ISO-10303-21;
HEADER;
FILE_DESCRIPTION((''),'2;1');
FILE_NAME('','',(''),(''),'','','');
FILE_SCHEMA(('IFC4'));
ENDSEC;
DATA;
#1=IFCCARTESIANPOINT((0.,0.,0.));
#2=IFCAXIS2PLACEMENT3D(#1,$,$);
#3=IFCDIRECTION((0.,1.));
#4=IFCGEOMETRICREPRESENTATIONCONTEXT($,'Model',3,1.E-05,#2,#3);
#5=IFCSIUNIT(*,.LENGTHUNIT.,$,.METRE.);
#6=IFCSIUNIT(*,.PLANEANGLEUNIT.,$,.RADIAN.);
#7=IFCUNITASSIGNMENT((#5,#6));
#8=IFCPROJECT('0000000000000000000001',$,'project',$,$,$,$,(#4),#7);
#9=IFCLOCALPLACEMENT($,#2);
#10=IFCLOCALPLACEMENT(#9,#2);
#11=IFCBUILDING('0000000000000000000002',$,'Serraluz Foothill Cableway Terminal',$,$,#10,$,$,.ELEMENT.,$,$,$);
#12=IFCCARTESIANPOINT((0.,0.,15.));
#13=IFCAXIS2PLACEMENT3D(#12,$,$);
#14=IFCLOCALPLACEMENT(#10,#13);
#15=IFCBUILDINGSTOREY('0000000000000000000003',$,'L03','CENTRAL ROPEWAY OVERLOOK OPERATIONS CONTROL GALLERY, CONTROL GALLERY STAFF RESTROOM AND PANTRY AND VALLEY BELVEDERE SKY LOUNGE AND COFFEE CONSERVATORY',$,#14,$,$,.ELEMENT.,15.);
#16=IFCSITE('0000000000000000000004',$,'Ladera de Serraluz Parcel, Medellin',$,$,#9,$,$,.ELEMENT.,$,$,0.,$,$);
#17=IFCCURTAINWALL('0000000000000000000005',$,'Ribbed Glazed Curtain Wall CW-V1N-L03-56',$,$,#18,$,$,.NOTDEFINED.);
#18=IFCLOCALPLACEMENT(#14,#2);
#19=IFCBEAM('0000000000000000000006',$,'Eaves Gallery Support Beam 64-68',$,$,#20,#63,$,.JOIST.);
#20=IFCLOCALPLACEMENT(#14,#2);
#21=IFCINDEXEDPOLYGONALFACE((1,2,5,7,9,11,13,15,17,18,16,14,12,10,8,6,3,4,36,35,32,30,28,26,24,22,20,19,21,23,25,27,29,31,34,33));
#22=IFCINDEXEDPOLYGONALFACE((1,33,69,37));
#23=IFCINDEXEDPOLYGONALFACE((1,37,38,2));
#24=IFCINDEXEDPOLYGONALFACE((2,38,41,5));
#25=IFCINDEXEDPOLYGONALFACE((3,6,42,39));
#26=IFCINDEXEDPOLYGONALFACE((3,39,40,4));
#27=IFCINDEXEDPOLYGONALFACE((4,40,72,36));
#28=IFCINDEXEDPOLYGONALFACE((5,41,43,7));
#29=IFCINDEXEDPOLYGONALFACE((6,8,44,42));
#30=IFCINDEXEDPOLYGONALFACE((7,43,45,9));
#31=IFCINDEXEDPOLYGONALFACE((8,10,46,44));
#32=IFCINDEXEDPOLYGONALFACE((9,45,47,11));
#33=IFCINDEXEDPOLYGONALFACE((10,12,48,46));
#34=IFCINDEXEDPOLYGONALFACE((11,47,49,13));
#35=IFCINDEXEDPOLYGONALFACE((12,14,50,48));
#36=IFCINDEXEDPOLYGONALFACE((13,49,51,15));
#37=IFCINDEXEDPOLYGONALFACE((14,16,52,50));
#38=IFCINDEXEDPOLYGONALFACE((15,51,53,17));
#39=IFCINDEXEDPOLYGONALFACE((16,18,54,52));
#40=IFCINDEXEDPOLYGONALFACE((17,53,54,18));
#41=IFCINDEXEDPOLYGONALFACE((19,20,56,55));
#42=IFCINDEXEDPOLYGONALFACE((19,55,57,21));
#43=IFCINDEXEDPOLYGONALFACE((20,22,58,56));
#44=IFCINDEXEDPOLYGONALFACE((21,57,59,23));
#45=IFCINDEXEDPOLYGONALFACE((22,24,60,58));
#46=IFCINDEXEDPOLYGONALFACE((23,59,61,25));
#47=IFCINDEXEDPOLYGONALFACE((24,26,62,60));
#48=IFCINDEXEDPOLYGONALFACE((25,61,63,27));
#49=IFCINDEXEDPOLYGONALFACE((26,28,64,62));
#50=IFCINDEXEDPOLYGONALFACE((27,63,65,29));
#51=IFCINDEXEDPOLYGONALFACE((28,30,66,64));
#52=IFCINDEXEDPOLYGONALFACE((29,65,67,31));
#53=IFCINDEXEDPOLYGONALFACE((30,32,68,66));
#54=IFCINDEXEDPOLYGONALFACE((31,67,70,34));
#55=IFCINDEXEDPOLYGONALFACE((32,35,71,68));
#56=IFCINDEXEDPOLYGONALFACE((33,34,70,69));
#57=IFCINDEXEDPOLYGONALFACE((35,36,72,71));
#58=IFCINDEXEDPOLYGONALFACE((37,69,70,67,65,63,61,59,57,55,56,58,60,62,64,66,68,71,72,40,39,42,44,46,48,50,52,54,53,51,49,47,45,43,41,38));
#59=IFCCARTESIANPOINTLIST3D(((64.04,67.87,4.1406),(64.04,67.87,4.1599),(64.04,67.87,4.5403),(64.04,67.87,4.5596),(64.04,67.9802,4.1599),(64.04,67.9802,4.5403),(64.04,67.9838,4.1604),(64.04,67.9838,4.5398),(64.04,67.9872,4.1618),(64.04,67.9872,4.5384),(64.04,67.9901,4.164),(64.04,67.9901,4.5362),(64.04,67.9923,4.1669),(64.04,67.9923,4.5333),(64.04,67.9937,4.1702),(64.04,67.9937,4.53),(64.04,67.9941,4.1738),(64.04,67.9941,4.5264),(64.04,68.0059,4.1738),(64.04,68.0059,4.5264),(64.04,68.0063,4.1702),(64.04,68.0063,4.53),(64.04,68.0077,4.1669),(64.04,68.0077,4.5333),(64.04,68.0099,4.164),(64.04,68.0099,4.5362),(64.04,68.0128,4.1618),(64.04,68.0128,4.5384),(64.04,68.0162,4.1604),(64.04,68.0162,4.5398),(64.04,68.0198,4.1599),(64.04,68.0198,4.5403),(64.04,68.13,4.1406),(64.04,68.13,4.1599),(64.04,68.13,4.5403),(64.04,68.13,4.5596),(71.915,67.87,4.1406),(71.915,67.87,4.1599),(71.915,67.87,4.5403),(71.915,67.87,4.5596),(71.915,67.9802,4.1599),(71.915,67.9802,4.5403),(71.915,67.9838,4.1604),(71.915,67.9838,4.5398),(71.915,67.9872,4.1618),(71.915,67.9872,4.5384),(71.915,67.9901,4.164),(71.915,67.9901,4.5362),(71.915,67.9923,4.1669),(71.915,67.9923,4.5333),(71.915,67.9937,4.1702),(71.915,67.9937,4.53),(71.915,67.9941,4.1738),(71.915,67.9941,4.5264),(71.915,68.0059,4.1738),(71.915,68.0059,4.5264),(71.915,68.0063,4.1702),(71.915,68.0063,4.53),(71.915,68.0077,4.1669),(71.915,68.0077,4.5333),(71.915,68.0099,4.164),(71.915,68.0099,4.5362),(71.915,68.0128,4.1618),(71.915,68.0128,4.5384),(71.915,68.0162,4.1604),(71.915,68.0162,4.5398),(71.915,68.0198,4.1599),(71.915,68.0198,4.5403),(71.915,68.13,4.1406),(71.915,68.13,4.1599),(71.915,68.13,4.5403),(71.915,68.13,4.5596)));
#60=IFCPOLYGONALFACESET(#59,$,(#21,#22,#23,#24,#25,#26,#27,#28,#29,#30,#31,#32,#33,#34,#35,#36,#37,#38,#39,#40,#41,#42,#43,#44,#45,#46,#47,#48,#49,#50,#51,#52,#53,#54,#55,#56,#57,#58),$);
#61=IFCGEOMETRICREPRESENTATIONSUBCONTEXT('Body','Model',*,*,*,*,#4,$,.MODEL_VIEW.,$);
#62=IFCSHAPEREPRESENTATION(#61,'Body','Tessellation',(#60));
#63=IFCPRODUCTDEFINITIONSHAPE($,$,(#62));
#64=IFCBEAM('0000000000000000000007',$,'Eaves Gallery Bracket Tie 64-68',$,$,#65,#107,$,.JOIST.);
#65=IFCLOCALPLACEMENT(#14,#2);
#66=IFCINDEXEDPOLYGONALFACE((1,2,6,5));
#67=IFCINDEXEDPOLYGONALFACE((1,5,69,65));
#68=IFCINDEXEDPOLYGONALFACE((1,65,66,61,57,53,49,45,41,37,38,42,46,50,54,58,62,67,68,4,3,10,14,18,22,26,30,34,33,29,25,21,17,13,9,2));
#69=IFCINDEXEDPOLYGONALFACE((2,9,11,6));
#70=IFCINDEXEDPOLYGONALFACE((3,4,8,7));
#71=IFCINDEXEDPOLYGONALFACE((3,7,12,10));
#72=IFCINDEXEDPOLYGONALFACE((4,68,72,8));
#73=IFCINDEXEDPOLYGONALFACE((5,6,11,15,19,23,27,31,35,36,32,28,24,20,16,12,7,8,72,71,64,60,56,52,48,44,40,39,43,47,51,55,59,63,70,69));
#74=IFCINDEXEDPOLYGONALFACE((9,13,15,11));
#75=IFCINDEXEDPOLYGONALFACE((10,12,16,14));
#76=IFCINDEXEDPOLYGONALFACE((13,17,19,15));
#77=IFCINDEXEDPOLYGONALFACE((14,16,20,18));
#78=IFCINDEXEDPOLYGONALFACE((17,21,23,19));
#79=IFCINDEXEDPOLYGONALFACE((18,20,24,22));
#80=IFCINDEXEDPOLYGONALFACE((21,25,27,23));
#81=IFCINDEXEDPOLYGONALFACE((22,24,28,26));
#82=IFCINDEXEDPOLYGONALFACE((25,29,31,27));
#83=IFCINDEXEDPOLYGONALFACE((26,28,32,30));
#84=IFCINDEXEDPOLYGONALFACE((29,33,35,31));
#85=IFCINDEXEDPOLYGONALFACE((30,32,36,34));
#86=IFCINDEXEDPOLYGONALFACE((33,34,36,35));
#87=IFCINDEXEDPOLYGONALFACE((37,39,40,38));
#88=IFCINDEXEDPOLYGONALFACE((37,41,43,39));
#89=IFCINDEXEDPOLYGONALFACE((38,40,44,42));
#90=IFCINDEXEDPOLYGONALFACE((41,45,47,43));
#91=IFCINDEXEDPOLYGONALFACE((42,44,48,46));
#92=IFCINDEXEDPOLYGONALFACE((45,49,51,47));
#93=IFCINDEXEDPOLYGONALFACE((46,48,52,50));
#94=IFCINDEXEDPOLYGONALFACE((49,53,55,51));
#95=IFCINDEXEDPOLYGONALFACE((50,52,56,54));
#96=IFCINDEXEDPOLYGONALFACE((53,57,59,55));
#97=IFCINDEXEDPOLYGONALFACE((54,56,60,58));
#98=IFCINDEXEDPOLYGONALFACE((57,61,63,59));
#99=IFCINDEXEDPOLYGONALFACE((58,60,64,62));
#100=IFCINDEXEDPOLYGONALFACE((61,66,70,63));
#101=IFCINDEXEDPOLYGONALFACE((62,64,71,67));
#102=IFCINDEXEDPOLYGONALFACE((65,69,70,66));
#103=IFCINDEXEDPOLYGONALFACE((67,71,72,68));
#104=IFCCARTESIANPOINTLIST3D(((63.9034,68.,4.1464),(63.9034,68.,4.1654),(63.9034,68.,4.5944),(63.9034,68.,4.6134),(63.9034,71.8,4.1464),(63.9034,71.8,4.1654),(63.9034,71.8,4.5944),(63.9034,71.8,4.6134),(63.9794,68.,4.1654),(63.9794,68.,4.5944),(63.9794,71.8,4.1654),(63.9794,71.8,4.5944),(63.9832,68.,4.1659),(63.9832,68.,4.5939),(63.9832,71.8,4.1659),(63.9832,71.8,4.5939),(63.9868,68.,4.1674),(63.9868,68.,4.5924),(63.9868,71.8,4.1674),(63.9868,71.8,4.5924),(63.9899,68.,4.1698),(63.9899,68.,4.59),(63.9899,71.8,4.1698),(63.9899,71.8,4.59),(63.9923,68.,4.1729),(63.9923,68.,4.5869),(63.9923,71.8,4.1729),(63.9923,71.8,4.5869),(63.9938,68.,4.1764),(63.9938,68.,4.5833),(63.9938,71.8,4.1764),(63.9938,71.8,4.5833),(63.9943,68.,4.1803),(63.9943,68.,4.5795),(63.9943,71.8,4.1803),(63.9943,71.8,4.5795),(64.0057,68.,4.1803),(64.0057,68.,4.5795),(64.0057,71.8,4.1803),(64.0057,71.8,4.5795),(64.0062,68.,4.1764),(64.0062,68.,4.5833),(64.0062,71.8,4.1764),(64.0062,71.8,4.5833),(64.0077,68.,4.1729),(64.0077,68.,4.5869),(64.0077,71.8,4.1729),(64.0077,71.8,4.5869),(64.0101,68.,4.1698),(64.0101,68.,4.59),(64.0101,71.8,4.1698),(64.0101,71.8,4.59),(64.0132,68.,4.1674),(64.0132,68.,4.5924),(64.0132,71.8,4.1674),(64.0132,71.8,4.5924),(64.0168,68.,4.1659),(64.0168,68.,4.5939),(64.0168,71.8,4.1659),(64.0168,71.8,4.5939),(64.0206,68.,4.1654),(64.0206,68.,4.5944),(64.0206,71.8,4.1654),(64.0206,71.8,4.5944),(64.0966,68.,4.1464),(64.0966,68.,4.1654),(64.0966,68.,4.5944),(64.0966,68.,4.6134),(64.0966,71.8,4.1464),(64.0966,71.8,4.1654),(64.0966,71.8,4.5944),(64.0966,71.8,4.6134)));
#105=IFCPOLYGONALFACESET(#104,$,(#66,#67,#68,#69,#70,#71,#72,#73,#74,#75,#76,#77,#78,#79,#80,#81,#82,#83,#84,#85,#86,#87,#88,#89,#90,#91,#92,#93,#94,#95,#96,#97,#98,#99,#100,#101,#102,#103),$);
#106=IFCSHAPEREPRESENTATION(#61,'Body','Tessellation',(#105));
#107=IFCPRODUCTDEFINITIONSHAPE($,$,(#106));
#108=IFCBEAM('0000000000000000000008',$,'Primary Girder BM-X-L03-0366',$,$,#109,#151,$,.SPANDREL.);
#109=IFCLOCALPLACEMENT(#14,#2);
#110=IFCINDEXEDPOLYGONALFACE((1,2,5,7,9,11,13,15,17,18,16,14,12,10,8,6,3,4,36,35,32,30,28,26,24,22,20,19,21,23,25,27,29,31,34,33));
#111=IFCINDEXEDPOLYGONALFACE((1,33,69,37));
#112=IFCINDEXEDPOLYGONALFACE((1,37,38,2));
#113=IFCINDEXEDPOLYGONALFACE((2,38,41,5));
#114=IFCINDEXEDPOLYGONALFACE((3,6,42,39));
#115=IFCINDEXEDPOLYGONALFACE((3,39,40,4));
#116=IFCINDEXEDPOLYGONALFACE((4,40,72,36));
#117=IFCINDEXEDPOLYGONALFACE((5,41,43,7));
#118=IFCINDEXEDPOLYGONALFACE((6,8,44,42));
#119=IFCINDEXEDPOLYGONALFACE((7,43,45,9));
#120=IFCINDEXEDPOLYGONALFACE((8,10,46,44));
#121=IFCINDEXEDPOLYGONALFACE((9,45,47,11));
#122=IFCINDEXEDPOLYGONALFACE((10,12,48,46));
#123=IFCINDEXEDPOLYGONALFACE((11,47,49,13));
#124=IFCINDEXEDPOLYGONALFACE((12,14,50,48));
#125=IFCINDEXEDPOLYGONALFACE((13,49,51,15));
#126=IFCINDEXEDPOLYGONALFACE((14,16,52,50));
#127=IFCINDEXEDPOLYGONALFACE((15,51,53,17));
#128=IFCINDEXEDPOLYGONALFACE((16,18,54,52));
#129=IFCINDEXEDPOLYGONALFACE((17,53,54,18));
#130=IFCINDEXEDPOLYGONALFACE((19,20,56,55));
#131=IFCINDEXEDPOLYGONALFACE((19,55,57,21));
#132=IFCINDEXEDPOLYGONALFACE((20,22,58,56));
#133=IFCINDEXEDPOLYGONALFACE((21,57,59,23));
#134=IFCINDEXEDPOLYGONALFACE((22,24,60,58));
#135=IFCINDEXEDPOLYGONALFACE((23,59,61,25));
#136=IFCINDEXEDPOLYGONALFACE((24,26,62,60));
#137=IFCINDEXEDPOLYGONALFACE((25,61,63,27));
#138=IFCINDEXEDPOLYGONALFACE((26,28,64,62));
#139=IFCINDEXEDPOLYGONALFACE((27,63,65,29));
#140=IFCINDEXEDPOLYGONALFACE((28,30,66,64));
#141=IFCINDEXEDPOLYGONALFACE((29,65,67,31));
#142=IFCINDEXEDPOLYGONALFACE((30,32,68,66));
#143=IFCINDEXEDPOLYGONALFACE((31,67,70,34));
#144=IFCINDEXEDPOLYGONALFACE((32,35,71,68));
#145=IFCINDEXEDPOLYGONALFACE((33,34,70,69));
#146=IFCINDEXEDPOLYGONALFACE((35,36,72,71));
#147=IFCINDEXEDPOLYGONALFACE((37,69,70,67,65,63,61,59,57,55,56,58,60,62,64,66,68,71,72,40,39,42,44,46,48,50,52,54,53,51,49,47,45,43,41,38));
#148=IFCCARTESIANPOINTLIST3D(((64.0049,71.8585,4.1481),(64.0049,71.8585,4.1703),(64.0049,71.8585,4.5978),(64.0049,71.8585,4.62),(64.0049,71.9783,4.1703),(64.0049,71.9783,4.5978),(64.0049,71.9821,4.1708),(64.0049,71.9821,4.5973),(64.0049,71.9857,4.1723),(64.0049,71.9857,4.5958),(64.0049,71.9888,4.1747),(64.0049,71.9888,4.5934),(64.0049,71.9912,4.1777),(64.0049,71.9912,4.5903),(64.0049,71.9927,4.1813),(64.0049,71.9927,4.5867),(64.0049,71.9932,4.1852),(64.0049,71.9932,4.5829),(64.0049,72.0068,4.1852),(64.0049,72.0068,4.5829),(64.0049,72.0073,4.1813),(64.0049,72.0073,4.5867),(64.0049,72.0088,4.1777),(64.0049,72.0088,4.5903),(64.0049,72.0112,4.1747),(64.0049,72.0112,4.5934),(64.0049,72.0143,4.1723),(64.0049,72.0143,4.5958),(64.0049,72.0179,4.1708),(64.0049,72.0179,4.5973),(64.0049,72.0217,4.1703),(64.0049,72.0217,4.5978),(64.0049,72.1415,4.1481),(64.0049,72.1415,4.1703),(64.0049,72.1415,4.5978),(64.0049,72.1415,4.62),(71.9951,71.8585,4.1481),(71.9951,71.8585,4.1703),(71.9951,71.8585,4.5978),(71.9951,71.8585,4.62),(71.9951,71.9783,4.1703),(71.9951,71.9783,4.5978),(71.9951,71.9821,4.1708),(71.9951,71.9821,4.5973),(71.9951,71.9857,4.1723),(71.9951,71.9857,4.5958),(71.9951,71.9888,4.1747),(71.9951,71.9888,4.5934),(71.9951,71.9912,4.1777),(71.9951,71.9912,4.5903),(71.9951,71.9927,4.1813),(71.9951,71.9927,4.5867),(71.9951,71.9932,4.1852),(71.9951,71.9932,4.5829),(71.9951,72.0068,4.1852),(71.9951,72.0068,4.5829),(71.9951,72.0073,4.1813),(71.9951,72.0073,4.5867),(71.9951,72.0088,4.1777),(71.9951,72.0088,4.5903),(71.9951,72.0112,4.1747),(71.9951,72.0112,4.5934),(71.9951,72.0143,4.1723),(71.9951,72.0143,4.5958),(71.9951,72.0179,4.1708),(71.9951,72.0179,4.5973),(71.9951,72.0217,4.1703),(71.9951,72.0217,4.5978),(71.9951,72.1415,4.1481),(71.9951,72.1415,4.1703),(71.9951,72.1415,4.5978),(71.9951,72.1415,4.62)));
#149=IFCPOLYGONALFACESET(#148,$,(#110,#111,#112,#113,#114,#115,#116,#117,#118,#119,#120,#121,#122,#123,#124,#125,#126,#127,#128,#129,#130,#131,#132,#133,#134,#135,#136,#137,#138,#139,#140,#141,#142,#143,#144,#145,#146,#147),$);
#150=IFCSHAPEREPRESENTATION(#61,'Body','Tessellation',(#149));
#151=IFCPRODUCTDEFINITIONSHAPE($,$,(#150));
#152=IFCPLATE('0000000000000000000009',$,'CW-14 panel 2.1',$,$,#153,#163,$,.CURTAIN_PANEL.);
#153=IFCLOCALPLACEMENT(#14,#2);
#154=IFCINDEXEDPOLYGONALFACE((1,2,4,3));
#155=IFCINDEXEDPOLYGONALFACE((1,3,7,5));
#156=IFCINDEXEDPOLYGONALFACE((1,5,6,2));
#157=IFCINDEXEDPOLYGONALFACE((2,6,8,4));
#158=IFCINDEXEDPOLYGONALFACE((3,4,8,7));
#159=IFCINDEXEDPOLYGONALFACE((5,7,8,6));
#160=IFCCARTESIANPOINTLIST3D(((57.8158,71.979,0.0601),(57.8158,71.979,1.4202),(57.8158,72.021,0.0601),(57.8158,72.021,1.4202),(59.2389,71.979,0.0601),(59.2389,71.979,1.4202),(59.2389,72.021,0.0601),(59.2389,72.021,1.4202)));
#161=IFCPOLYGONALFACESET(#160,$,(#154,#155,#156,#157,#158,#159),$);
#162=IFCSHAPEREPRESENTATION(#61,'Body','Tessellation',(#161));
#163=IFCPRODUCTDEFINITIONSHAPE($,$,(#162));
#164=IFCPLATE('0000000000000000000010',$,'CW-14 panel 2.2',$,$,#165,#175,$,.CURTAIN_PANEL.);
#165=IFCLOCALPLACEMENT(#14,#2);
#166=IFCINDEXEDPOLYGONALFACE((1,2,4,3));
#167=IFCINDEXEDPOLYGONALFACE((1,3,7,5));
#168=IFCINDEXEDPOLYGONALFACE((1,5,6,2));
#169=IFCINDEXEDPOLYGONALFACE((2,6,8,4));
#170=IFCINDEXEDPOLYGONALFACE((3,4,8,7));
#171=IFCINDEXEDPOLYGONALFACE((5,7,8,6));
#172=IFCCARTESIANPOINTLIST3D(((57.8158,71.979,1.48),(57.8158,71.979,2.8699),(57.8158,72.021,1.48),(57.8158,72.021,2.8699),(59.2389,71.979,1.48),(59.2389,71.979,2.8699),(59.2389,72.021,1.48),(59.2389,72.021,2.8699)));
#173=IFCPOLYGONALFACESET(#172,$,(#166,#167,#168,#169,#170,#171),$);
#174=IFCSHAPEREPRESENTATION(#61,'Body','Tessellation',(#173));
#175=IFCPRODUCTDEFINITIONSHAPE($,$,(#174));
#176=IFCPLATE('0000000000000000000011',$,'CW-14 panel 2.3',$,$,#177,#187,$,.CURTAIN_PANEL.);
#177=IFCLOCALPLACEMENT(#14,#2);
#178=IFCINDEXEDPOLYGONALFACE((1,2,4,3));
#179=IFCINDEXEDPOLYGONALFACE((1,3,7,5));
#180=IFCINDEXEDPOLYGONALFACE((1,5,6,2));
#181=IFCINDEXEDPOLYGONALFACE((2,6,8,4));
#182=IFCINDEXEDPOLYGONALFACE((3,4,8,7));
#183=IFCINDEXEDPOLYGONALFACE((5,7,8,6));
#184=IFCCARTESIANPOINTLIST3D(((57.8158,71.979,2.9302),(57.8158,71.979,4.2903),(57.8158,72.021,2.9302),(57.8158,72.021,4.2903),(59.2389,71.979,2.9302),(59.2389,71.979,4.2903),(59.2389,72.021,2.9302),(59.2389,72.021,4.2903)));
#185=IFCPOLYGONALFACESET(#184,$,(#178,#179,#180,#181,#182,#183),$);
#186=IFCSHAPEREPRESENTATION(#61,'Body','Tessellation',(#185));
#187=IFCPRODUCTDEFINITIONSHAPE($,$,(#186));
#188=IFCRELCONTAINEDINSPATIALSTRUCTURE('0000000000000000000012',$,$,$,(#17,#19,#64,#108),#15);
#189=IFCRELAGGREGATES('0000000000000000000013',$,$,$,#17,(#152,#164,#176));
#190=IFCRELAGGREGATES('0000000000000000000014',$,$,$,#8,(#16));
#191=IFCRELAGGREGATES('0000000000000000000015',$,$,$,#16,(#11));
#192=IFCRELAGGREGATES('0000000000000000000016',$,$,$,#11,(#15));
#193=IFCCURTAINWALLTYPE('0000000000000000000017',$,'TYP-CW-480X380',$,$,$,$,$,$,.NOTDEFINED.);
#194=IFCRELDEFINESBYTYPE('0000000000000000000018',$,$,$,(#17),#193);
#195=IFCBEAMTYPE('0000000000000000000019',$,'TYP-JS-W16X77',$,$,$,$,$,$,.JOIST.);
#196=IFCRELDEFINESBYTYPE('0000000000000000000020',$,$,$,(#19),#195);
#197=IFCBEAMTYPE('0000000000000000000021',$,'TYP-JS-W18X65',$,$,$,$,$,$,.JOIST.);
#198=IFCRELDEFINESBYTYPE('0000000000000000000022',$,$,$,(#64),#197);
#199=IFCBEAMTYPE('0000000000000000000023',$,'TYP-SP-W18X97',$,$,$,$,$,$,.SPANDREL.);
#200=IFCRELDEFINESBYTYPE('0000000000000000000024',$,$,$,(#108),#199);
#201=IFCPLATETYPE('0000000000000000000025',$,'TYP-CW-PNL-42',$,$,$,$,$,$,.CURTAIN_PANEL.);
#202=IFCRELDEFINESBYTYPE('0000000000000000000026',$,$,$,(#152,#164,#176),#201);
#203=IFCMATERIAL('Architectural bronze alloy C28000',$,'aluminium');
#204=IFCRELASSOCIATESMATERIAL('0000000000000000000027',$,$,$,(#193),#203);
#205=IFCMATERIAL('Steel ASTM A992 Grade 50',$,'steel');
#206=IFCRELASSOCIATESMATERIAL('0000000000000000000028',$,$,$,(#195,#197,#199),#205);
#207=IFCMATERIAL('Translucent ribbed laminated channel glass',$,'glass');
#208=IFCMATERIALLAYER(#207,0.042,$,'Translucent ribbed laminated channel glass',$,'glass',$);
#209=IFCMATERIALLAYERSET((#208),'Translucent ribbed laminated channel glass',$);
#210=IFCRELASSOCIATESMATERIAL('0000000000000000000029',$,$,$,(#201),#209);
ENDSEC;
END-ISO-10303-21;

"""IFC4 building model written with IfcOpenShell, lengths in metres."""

from ifc_helpers import new_model, si_unit, direction, frame, origin, origin_2d, place, context, subcontext, project, spatial, rectangle, i_section, extrude, material, layer, layer_set, material_profile, profile_set, type_object, element, aggregate, save


model = new_model("IFC4")

# Units and contexts
model_context = context("Model", 3, precision=1e-05, world=origin(), true_north=direction((0.0, 1.0)))
body_context = subcontext(model_context, "Body", "Model", "MODEL_VIEW")
ifc_project = project(units=[si_unit("LENGTHUNIT", "METRE"), si_unit("PLANEANGLEUNIT", "RADIAN")], contexts=[model_context])

# Site, building, storey
site_placement = place(None, origin())
site = spatial("IfcSite", under=ifc_project, at=site_placement, Name="Ladera de Serraluz Parcel, Medellin", CompositionType="ELEMENT", RefElevation=0.0)
building_placement = place(site_placement, origin())
building = spatial("IfcBuilding", under=site, at=building_placement, Name="Serraluz Foothill Cableway Terminal", CompositionType="ELEMENT")
storey_placement = place(building_placement, frame((0.0, 0.0, 15.0)))
storey = spatial("IfcBuildingStorey", under=building, at=storey_placement, Name="L03", Description="CENTRAL ROPEWAY OVERLOOK OPERATIONS CONTROL GALLERY, CONTROL GALLERY STAFF RESTROOM AND PANTRY AND VALLEY BELVEDERE SKY LOUNGE AND COFFEE CONSERVATORY", CompositionType="ELEMENT", Elevation=15.0)

# Shared definitions
ifc_material_1 = material(Name="Steel ASTM A992 Grade 50", Category="steel")

# Curtain wall
ifc_material_2 = material(Name="Architectural bronze alloy C28000", Category="aluminium")
curtain_wall_type_1 = type_object("IfcCurtainWallType", Name="TYP-CW-480X380", PredefinedType="NOTDEFINED", material=ifc_material_2)
curtain_wall_1_placement = place(storey_placement, origin())
curtain_wall_1 = element("IfcCurtainWall", 1, at=curtain_wall_1_placement, inside=storey, type_object=curtain_wall_type_1, Name="Ribbed Glazed Curtain Wall CW-V1N-L03-56", PredefinedType="NOTDEFINED")

# Beams
ifc_material_profile_1 = material_profile(ifc_material_1, i_section(OverallWidth=0.26, OverallDepth=0.4189, WebThickness=0.0117, FlangeThickness=0.0193, FilletRadius=0.0139, at=origin_2d()), Name="W16X77")
ifc_profile_set_1 = profile_set([ifc_material_profile_1], Name="Steel ASTM A992 Grade 50")
beam_type_1 = type_object("IfcBeamType", Name="TYP-JS-W16X77", PredefinedType="JOIST", material=ifc_profile_set_1)
for number, where, z_axis, x_axis, name in (
    (2, (64.04, 68.0, 4.3501), (1.0, 0.0, 0.0), (0.0, 1.0, 0.0), "Eaves Gallery Support Beam 64-68"),
):
    element("IfcBeam", number, at=place(storey_placement, frame(where, z_axis=z_axis, x_axis=x_axis)), inside=storey, type_object=beam_type_1, Name=name, PredefinedType="JOIST", context=body_context, shape_type="SweptSolid", body=[
        extrude(i_section(OverallWidth=0.26, OverallDepth=0.4189, WebThickness=0.0117, FlangeThickness=0.0193, FilletRadius=0.0139, at=origin_2d()), origin(), (0.0, 0.0, 1.0), 7.875),
    ])
ifc_material_profile_2 = material_profile(ifc_material_1, i_section(OverallWidth=0.1931, OverallDepth=0.467, WebThickness=0.0115, FlangeThickness=0.019, FilletRadius=0.0149, at=origin_2d()), Name="W18X65")
ifc_profile_set_2 = profile_set([ifc_material_profile_2], Name="Steel ASTM A992 Grade 50")
beam_type_2 = type_object("IfcBeamType", Name="TYP-JS-W18X65", PredefinedType="JOIST", material=ifc_profile_set_2)
beam_1_placement = place(storey_placement, frame((64.0, 68.0, 4.3799), z_axis=(0.0, 1.0, 0.0), x_axis=(-1.0, 0.0, 0.0)))
element("IfcBeam", 3, at=beam_1_placement, inside=storey, type_object=beam_type_2, Name="Eaves Gallery Bracket Tie 64-68", PredefinedType="JOIST", context=body_context, shape_type="SweptSolid", body=[
    extrude(i_section(OverallWidth=0.1931, OverallDepth=0.467, WebThickness=0.0115, FlangeThickness=0.019, FilletRadius=0.0149, at=origin_2d()), origin(), (0.0, 0.0, 1.0), 3.8),
])
ifc_material_profile_3 = material_profile(ifc_material_1, i_section(OverallWidth=0.283, OverallDepth=0.4719, WebThickness=0.0137, FlangeThickness=0.0222, FilletRadius=0.0149, at=origin_2d()), Name="W18X97")
ifc_profile_set_3 = profile_set([ifc_material_profile_3], Name="Steel ASTM A992 Grade 50")
beam_type_3 = type_object("IfcBeamType", Name="TYP-SP-W18X97", PredefinedType="SPANDREL", material=ifc_profile_set_3)
beam_2_placement = place(storey_placement, frame((64.0049, 72.0, 4.384), z_axis=(1.0, 0.0, 0.0), x_axis=(0.0, 1.0, 0.0)))
element("IfcBeam", 4, at=beam_2_placement, inside=storey, type_object=beam_type_3, Name="Primary Girder BM-X-L03-0366", PredefinedType="SPANDREL", context=body_context, shape_type="SweptSolid", body=[
    extrude(i_section(OverallWidth=0.283, OverallDepth=0.4719, WebThickness=0.0137, FlangeThickness=0.0222, FilletRadius=0.0149, at=origin_2d()), origin(), (0.0, 0.0, 1.0), 7.9902),
])

# Plates
ifc_material_3 = material(Name="Translucent ribbed laminated channel glass", Category="glass")
ifc_layer = layer(ifc_material_3, 0.042, Name="Translucent ribbed laminated channel glass", Category="glass")
ifc_layer_set = layer_set([ifc_layer], Name="Translucent ribbed laminated channel glass")
plate_type = type_object("IfcPlateType", Name="TYP-CW-PNL-42", PredefinedType="CURTAIN_PANEL", material=ifc_layer_set)
plate_1_placement = place(storey_placement, frame((58.5273, 72.0, 0.0601), z_axis=(0.0, 0.0, 1.0), x_axis=(1.0, 0.0, 0.0)))
plate_1 = element("IfcPlate", 5, at=plate_1_placement, type_object=plate_type, Name="CW-14 panel 2.1", PredefinedType="CURTAIN_PANEL", context=body_context, shape_type="SweptSolid", body=[
    extrude(rectangle(XDim=1.4231, YDim=0.042, at=origin_2d()), origin(), (0.0, 0.0, 1.0), 1.3601),
])
plate_2_placement = place(storey_placement, frame((58.5273, 72.0, 1.48), z_axis=(0.0, 0.0, 1.0), x_axis=(1.0, 0.0, 0.0)))
plate_2 = element("IfcPlate", 6, at=plate_2_placement, type_object=plate_type, Name="CW-14 panel 2.2", PredefinedType="CURTAIN_PANEL", context=body_context, shape_type="SweptSolid", body=[
    extrude(rectangle(XDim=1.4231, YDim=0.042, at=origin_2d()), origin(), (0.0, 0.0, 1.0), 1.3899),
])
plate_3_placement = place(storey_placement, frame((58.5273, 72.0, 2.9302), z_axis=(0.0, 0.0, 1.0), x_axis=(1.0, 0.0, 0.0)))
plate_3 = element("IfcPlate", 7, at=plate_3_placement, type_object=plate_type, Name="CW-14 panel 2.3", PredefinedType="CURTAIN_PANEL", context=body_context, shape_type="SweptSolid", body=[
    extrude(rectangle(XDim=1.4231, YDim=0.042, at=origin_2d()), origin(), (0.0, 0.0, 1.0), 1.3601),
])
aggregate(curtain_wall_1, [plate_1, plate_2, plate_3])

save(model, "model.ifc")
